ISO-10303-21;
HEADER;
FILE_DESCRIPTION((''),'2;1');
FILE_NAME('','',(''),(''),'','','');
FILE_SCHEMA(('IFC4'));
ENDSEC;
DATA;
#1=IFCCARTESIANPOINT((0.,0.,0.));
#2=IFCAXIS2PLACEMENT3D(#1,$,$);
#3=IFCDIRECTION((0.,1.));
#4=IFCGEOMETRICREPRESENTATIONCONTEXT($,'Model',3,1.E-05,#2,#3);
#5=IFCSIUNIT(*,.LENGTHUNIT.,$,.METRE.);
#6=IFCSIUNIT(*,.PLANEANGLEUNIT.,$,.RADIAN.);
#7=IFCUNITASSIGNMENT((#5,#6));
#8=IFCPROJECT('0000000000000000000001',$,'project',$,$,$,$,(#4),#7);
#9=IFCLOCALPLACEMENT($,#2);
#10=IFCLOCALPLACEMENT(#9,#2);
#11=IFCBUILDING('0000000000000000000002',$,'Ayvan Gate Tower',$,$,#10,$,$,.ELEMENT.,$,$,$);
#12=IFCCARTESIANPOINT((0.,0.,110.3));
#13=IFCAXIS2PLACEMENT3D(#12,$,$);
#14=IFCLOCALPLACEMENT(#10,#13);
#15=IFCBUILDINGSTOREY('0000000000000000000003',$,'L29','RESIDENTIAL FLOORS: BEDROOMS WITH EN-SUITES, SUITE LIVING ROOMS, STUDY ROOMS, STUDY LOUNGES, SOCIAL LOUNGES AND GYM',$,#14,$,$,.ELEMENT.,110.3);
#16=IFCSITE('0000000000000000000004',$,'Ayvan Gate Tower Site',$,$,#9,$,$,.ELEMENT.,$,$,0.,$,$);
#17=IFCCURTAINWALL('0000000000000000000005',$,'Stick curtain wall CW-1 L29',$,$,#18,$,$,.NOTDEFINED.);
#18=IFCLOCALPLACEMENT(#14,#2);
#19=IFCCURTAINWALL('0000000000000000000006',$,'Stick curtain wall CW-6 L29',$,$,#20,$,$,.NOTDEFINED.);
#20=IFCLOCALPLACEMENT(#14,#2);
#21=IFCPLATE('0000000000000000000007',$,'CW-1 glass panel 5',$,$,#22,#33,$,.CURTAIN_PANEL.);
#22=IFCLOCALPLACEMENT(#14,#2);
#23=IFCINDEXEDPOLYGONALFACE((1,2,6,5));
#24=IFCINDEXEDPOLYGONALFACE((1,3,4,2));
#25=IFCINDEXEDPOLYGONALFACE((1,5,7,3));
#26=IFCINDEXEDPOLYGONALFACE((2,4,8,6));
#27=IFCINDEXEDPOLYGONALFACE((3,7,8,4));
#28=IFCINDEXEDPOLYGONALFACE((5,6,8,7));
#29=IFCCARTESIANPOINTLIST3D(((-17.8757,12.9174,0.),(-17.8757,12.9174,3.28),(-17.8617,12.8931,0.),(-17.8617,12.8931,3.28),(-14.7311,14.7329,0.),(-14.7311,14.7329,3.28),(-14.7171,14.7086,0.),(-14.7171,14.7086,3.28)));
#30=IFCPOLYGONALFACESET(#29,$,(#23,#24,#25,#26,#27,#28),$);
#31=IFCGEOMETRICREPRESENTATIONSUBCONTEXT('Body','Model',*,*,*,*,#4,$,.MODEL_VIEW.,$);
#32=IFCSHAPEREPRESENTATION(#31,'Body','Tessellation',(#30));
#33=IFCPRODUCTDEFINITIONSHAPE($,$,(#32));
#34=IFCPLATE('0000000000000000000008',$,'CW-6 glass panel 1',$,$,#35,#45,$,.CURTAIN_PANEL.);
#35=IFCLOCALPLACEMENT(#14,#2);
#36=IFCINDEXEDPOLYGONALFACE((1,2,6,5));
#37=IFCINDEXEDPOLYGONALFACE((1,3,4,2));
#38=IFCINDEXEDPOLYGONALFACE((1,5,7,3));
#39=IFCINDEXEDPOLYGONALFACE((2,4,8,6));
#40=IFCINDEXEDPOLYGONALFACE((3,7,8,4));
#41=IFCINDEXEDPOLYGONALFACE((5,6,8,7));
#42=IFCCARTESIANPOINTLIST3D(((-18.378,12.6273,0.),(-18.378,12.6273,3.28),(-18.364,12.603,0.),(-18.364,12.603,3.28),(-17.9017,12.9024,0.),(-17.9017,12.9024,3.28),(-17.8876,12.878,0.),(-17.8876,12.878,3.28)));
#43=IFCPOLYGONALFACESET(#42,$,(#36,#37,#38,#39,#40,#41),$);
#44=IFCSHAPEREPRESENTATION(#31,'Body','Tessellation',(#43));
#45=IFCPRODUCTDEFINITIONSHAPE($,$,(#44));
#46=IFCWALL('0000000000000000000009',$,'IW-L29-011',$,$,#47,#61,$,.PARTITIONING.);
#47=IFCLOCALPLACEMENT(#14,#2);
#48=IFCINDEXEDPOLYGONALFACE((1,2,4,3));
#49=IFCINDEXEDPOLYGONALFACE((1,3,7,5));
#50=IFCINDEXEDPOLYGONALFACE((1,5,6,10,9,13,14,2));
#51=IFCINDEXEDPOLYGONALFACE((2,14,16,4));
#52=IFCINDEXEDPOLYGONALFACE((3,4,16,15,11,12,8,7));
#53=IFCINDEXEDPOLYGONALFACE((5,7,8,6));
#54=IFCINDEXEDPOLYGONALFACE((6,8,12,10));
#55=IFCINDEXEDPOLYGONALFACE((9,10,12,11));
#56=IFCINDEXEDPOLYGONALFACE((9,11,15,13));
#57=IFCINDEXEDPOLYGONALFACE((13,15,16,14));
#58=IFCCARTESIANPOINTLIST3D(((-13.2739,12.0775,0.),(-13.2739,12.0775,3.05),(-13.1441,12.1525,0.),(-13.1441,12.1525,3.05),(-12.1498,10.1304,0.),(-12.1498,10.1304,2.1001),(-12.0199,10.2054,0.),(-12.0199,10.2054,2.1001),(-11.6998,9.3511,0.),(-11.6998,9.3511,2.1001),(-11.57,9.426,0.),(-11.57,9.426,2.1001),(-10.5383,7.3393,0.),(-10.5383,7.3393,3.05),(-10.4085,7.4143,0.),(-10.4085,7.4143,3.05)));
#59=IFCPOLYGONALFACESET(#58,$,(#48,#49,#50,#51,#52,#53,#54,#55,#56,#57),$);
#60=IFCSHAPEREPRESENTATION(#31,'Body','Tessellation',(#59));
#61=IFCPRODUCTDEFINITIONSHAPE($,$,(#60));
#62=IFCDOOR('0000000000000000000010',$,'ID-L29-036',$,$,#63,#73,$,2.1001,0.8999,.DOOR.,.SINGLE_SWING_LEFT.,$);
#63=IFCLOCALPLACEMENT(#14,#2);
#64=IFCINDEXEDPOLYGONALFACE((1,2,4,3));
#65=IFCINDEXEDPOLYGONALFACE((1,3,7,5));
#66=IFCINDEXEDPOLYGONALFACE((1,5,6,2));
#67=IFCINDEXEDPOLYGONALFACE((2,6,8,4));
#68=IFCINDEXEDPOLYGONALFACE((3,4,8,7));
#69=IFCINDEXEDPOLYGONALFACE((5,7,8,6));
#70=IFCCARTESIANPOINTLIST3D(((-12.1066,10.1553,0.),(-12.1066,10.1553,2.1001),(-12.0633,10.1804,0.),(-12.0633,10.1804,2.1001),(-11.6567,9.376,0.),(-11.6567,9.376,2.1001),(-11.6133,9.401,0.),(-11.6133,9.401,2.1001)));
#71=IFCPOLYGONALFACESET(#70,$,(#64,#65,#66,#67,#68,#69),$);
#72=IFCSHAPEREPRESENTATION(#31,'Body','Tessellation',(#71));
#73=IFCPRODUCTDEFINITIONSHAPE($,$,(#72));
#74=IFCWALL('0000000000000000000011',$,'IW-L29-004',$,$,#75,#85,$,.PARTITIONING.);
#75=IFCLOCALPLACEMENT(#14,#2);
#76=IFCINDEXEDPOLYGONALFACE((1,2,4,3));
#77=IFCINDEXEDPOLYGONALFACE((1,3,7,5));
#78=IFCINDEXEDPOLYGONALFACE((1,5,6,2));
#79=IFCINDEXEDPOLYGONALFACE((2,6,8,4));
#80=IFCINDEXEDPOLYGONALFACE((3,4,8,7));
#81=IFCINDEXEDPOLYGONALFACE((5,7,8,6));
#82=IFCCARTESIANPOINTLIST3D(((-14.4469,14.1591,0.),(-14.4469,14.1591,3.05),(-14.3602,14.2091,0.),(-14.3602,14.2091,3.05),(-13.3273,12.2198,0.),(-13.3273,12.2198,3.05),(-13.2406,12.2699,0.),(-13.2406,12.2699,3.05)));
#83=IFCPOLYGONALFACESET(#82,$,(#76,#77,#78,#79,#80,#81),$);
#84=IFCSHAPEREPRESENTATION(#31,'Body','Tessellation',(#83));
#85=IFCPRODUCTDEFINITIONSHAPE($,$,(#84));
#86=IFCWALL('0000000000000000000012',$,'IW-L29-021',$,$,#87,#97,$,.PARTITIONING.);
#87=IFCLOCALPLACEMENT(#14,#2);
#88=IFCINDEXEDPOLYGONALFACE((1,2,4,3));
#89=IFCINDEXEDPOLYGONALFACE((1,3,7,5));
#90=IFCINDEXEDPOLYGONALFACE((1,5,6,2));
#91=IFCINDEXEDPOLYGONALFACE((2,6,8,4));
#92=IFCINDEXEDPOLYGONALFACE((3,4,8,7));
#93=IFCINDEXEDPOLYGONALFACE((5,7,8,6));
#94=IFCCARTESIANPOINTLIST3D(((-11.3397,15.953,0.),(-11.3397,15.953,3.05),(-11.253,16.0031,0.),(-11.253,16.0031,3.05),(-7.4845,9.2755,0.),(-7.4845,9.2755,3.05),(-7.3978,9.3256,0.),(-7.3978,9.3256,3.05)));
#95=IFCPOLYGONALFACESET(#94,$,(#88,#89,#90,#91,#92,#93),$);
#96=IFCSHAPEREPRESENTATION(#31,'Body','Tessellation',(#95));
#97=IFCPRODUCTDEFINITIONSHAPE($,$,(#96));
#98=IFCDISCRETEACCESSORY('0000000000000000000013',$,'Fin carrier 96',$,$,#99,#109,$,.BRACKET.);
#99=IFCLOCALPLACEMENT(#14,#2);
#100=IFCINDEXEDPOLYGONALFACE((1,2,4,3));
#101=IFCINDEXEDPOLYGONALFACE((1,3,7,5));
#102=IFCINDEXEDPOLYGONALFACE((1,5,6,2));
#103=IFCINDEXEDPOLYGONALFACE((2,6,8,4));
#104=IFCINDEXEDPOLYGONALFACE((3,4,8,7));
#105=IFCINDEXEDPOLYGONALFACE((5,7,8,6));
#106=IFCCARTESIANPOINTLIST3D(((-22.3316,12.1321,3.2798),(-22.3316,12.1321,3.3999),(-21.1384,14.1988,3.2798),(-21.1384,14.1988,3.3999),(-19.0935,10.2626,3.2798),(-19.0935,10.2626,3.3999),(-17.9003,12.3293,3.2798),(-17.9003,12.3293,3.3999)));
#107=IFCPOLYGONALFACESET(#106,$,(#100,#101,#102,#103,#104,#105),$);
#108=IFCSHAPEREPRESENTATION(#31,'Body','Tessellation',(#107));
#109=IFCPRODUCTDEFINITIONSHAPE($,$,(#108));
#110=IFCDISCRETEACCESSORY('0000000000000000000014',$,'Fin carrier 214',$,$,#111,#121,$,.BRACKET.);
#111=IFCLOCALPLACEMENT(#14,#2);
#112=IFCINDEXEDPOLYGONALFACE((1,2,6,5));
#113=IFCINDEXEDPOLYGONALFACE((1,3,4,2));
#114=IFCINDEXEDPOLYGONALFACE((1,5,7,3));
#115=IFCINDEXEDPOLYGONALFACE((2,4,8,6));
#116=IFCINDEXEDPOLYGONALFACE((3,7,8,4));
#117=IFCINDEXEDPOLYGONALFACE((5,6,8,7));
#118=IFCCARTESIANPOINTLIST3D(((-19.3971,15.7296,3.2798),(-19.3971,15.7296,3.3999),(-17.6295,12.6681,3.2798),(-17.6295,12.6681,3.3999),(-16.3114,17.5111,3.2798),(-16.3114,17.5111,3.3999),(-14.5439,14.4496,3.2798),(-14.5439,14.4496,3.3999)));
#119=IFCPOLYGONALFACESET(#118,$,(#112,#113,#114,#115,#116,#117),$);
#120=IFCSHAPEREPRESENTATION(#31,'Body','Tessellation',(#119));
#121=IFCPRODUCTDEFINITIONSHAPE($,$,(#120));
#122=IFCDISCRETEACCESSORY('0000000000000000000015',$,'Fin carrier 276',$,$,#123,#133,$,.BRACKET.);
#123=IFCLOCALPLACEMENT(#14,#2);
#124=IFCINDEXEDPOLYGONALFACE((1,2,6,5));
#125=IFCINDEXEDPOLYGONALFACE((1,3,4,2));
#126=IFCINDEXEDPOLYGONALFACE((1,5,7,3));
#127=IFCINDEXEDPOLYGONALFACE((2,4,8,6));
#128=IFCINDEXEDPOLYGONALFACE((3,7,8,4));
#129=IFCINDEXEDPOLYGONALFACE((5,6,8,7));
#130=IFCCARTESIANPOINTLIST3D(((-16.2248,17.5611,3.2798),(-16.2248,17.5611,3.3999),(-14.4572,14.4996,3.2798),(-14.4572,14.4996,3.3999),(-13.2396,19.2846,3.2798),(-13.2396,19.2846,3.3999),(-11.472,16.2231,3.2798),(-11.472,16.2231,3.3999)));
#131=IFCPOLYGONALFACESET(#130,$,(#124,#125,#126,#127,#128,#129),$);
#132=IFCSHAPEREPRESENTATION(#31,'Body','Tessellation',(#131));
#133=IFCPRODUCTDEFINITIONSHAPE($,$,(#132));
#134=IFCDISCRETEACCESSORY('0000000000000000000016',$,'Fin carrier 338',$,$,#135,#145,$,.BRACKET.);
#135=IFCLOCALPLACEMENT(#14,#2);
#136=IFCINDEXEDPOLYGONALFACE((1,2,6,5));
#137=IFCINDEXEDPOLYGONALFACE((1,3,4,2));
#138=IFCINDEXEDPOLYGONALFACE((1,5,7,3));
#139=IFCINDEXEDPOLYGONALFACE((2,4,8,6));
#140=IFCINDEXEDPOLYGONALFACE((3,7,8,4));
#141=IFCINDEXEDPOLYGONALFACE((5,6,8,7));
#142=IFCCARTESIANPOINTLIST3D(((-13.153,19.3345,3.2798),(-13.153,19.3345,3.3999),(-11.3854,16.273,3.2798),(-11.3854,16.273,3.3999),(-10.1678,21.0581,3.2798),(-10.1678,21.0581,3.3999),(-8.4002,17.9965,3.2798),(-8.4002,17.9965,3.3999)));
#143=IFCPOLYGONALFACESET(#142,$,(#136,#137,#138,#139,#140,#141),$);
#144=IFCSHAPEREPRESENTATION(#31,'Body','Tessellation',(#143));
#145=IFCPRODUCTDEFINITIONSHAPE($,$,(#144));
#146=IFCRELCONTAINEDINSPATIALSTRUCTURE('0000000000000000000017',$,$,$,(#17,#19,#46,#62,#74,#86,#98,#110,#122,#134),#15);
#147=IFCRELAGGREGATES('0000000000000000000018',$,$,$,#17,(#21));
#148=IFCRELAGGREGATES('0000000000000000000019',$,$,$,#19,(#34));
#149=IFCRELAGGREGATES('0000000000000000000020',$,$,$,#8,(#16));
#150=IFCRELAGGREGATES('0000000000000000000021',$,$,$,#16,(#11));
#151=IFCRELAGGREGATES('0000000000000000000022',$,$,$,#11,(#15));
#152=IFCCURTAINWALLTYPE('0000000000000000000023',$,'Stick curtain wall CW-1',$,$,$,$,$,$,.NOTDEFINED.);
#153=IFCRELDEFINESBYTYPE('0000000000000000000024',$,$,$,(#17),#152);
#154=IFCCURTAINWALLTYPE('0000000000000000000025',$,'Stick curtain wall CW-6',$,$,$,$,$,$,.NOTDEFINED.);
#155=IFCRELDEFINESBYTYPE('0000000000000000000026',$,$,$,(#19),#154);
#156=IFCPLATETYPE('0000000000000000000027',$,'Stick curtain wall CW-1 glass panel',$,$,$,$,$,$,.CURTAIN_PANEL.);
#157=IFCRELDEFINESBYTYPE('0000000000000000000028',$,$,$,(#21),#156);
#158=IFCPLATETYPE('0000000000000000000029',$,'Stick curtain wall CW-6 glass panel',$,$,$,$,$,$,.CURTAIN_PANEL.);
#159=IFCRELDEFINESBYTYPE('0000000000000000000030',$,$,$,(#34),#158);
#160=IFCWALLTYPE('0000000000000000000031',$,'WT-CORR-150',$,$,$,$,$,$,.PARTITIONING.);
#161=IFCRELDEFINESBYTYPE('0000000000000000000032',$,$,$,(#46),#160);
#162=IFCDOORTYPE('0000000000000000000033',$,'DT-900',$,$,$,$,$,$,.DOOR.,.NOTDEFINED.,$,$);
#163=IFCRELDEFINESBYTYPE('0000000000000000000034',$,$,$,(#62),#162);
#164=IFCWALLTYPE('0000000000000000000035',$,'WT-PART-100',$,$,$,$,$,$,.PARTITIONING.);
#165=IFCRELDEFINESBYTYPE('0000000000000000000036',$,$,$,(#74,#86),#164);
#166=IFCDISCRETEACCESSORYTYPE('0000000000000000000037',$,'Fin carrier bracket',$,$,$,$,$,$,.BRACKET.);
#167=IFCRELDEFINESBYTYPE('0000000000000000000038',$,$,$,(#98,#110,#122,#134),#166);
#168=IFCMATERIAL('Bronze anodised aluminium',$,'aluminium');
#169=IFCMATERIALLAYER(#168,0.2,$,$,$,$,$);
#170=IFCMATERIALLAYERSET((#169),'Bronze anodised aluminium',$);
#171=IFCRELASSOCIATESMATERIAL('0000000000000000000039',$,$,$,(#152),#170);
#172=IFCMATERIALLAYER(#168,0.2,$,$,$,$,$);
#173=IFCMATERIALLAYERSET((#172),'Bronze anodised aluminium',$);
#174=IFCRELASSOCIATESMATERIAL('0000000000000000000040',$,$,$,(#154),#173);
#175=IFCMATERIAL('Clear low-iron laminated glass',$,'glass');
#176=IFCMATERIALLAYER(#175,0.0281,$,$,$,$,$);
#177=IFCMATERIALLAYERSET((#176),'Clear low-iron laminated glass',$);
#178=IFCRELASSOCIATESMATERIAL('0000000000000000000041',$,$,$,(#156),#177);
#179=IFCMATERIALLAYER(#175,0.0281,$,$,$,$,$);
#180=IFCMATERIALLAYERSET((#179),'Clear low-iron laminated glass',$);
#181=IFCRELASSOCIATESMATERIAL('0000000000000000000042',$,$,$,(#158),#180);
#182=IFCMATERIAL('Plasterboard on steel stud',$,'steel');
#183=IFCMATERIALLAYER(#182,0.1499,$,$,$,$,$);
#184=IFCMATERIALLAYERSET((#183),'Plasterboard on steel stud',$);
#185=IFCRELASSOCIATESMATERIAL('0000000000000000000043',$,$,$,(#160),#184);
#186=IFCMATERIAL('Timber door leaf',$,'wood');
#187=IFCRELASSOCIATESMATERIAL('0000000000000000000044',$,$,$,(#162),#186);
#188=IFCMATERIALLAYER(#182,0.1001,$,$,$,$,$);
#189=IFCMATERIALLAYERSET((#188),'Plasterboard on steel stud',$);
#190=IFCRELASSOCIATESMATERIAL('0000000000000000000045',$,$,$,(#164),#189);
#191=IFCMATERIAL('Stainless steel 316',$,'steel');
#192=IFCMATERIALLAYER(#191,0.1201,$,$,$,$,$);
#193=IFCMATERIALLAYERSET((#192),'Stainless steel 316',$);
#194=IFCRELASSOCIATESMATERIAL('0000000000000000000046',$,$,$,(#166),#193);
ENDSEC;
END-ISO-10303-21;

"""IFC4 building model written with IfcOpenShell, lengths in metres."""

from ifc_helpers import new_model, si_unit, direction, frame, frame_2d, origin, origin_2d, place, context, subcontext, project, spatial, rectangle, extrude, material, layer, layer_set, type_object, element, fill, aggregate, save


model = new_model("IFC4")

# Units and contexts
model_context = context("Model", 3, precision=1e-05, world=origin(), true_north=direction((0.0, 1.0)))
body_context = subcontext(model_context, "Body", "Model", "MODEL_VIEW")
ifc_project = project(units=[si_unit("LENGTHUNIT", "METRE"), si_unit("PLANEANGLEUNIT", "RADIAN")], contexts=[model_context])

# Site, building, storey
site_placement = place(None, origin())
site = spatial("IfcSite", under=ifc_project, at=site_placement, Name="Ayvan Gate Tower Site", CompositionType="ELEMENT", RefElevation=0.0)
building_placement = place(site_placement, origin())
building = spatial("IfcBuilding", under=site, at=building_placement, Name="Ayvan Gate Tower", CompositionType="ELEMENT")
storey_placement = place(building_placement, frame((0.0, 0.0, 110.3)))
storey = spatial("IfcBuildingStorey", under=building, at=storey_placement, Name="L29", Description="RESIDENTIAL FLOORS: BEDROOMS WITH EN-SUITES, SUITE LIVING ROOMS, STUDY ROOMS, STUDY LOUNGES, SOCIAL LOUNGES AND GYM", CompositionType="ELEMENT", Elevation=110.3)

# Curtain walls
ifc_material_1 = material(Name="Bronze anodised aluminium", Category="aluminium")
ifc_layer_1 = layer(ifc_material_1, 0.2)
ifc_layer_set_1 = layer_set([ifc_layer_1], Name="Bronze anodised aluminium")
curtain_wall_type_1 = type_object("IfcCurtainWallType", Name="Stick curtain wall CW-1", PredefinedType="NOTDEFINED", material=ifc_layer_set_1)
curtain_wall_1_placement = place(storey_placement, origin())
curtain_wall_1 = element("IfcCurtainWall", 1, at=curtain_wall_1_placement, inside=storey, type_object=curtain_wall_type_1, Name="Stick curtain wall CW-1 L29", PredefinedType="NOTDEFINED")
ifc_layer_2 = layer(ifc_material_1, 0.2)
ifc_layer_set_2 = layer_set([ifc_layer_2], Name="Bronze anodised aluminium")
curtain_wall_type_2 = type_object("IfcCurtainWallType", Name="Stick curtain wall CW-6", PredefinedType="NOTDEFINED", material=ifc_layer_set_2)
curtain_wall_2_placement = place(storey_placement, origin())
curtain_wall_2 = element("IfcCurtainWall", 2, at=curtain_wall_2_placement, inside=storey, type_object=curtain_wall_type_2, Name="Stick curtain wall CW-6 L29", PredefinedType="NOTDEFINED")

# Plates
ifc_material_2 = material(Name="Clear low-iron laminated glass", Category="glass")
ifc_layer_3 = layer(ifc_material_2, 0.0281)
ifc_layer_set_3 = layer_set([ifc_layer_3], Name="Clear low-iron laminated glass")
plate_type_1 = type_object("IfcPlateType", Name="Stick curtain wall CW-1 glass panel", PredefinedType="CURTAIN_PANEL", material=ifc_layer_set_3)
plate_1_placement = place(storey_placement, frame((-16.2964, 13.813, 0.0), z_axis=(0.0, 0.0, 1.0), x_axis=(-0.866025, -0.5, 0.0)))
plate_1 = element("IfcPlate", 3, at=plate_1_placement, type_object=plate_type_1, Name="CW-1 glass panel 5", PredefinedType="CURTAIN_PANEL", context=body_context, shape_type="SweptSolid", body=[
    extrude(rectangle(XDim=3.6311, YDim=0.0281, at=origin_2d()), origin(), (0.0, 0.0, 1.0), 3.28),
])
aggregate(curtain_wall_1, [plate_1])
ifc_layer_4 = layer(ifc_material_2, 0.0281)
ifc_layer_set_4 = layer_set([ifc_layer_4], Name="Clear low-iron laminated glass")
plate_type_2 = type_object("IfcPlateType", Name="Stick curtain wall CW-6 glass panel", PredefinedType="CURTAIN_PANEL", material=ifc_layer_set_4)
plate_2_placement = place(storey_placement, frame((-18.1328, 12.7527, 0.0), z_axis=(0.0, 0.0, 1.0), x_axis=(-0.866025, -0.5, 0.0)))
plate_2 = element("IfcPlate", 4, at=plate_2_placement, type_object=plate_type_2, Name="CW-6 glass panel 1", PredefinedType="CURTAIN_PANEL", context=body_context, shape_type="SweptSolid", body=[
    extrude(rectangle(XDim=0.55, YDim=0.0281, at=origin_2d()), origin(), (0.0, 0.0, 1.0), 3.28),
])
aggregate(curtain_wall_2, [plate_2])

# Wall, opening, door
ifc_material_3 = material(Name="Plasterboard on steel stud", Category="steel")
ifc_layer_5 = layer(ifc_material_3, 0.1499)
ifc_layer_set_5 = layer_set([ifc_layer_5], Name="Plasterboard on steel stud")
wall_type_1 = type_object("IfcWallType", Name="WT-CORR-150", PredefinedType="PARTITIONING", material=ifc_layer_set_5)
wall_1_placement = place(storey_placement, frame((-13.209, 12.115, 0.0), z_axis=(0.0, 0.0, 1.0), x_axis=(0.499993, -0.86603, 0.0)))
wall_1 = element("IfcWall", 5, at=wall_1_placement, inside=storey, type_object=wall_type_1, Name="IW-L29-011", PredefinedType="PARTITIONING", context=body_context, shape_type="SweptSolid", body=[
    extrude(rectangle(XDim=5.4712, YDim=0.1499, at=frame_2d((2.7356, 0.0))), origin(), (0.0, 0.0, 1.0), 3.05),
])
opening_placement = place(wall_1_placement, frame((2.2483, 0.0, 0.0)))
opening = element("IfcOpeningElement", 6, at=opening_placement, cuts=wall_1, PredefinedType="OPENING", context=body_context, shape_type="SweptSolid", body=[
    extrude(rectangle(XDim=0.8999, YDim=2.1001, at=frame_2d((0.45, 1.05))), frame((0.0, 0.085, 0.0), z_axis=(0.0, -1.0, 0.0), x_axis=(1.0, 0.0, 0.0)), (0.0, 0.0, 1.0), 0.1699),
])
ifc_material_4 = material(Name="Timber door leaf", Category="wood")
door_type = type_object("IfcDoorType", Name="DT-900", OperationType="NOTDEFINED", PredefinedType="DOOR", material=ifc_material_4)
door_placement = place(opening_placement, origin())
door = element("IfcDoor", 7, at=door_placement, inside=storey, type_object=door_type, Name="ID-L29-036", OperationType="SINGLE_SWING_LEFT", OverallHeight=2.1001, OverallWidth=0.8999, PredefinedType="DOOR", context=body_context, shape_type="SweptSolid", body=[
    extrude(rectangle(XDim=0.8999, YDim=2.1001, at=frame_2d((0.45, 1.05))), frame((0.0, 0.0249, 0.0), z_axis=(0.0, -1.0, 0.0), x_axis=(1.0, 0.0, 0.0)), (0.0, 0.0, 1.0), 0.05),
])
fill(opening, door)

# Walls
ifc_layer_6 = layer(ifc_material_3, 0.1001)
ifc_layer_set_6 = layer_set([ifc_layer_6], Name="Plasterboard on steel stud")
wall_type_2 = type_object("IfcWallType", Name="WT-PART-100", PredefinedType="PARTITIONING", material=ifc_layer_set_6)
wall_2_placement = place(storey_placement, frame((-14.4036, 14.1841, 0.0), z_axis=(0.0, 0.0, 1.0), x_axis=(0.500009, -0.86602, 0.0)))
element("IfcWall", 8, at=wall_2_placement, inside=storey, type_object=wall_type_2, Name="IW-L29-004", PredefinedType="PARTITIONING", context=body_context, shape_type="SweptSolid", body=[
    extrude(rectangle(XDim=2.2393, YDim=0.1001, at=frame_2d((1.1196, 0.0))), origin(), (0.0, 0.0, 1.0), 3.05),
])
wall_3_placement = place(storey_placement, frame((-11.2964, 15.978, 0.0), z_axis=(0.0, 0.0, 1.0), x_axis=(0.499997, -0.866027, 0.0)))
element("IfcWall", 9, at=wall_3_placement, inside=storey, type_object=wall_type_2, Name="IW-L29-021", PredefinedType="PARTITIONING", context=body_context, shape_type="SweptSolid", body=[
    extrude(rectangle(XDim=7.7104, YDim=0.1001, at=frame_2d((3.8552, 0.0))), origin(), (0.0, 0.0, 1.0), 3.05),
])

# Discrete accessories
ifc_material_5 = material(Name="Stainless steel 316", Category="steel")
ifc_layer_7 = layer(ifc_material_5, 0.1201)
ifc_layer_set_7 = layer_set([ifc_layer_7], Name="Stainless steel 316")
discrete_accessory_type = type_object("IfcDiscreteAccessoryType", Name="Fin carrier bracket", PredefinedType="BRACKET", material=ifc_layer_set_7)
discrete_accessory_1_placement = place(storey_placement, frame((-20.116, 12.2307, 3.2798), z_axis=(0.0, 0.0, 1.0), x_axis=(-0.5, -0.866025, 0.0)))
element("IfcDiscreteAccessory", 10, at=discrete_accessory_1_placement, inside=storey, type_object=discrete_accessory_type, Name="Fin carrier 96", PredefinedType="BRACKET", context=body_context, shape_type="SweptSolid", body=[
    extrude(rectangle(XDim=2.3865, YDim=3.739, at=origin_2d()), origin(), (0.0, 0.0, 1.0), 0.1201),
])
discrete_accessory_2_placement = place(storey_placement, frame((-16.9705, 15.0896, 3.2798), z_axis=(0.0, 0.0, 1.0), x_axis=(-0.866025, -0.5, 0.0)))
element("IfcDiscreteAccessory", 11, at=discrete_accessory_2_placement, inside=storey, type_object=discrete_accessory_type, Name="Fin carrier 214", PredefinedType="BRACKET", context=body_context, shape_type="SweptSolid", body=[
    extrude(rectangle(XDim=3.563, YDim=3.5352, at=origin_2d()), origin(), (0.0, 0.0, 1.0), 0.1201),
])
for number, where, z_axis, x_axis, name in (
    (12, (-13.8484, 16.8921, 3.2798), (0.0, 0.0, 1.0), (-0.866025, -0.5, 0.0), "Fin carrier 276"),
    (13, (-10.7766, 18.6655, 3.2798), (0.0, 0.0, 1.0), (-0.866025, -0.5, 0.0), "Fin carrier 338"),
):
    element("IfcDiscreteAccessory", number, at=place(storey_placement, frame(where, z_axis=z_axis, x_axis=x_axis)), inside=storey, type_object=discrete_accessory_type, Name=name, PredefinedType="BRACKET", context=body_context, shape_type="SweptSolid", body=[
        extrude(rectangle(XDim=3.447, YDim=3.5352, at=origin_2d()), origin(), (0.0, 0.0, 1.0), 0.1201),
    ])

save(model, "model.ifc")
